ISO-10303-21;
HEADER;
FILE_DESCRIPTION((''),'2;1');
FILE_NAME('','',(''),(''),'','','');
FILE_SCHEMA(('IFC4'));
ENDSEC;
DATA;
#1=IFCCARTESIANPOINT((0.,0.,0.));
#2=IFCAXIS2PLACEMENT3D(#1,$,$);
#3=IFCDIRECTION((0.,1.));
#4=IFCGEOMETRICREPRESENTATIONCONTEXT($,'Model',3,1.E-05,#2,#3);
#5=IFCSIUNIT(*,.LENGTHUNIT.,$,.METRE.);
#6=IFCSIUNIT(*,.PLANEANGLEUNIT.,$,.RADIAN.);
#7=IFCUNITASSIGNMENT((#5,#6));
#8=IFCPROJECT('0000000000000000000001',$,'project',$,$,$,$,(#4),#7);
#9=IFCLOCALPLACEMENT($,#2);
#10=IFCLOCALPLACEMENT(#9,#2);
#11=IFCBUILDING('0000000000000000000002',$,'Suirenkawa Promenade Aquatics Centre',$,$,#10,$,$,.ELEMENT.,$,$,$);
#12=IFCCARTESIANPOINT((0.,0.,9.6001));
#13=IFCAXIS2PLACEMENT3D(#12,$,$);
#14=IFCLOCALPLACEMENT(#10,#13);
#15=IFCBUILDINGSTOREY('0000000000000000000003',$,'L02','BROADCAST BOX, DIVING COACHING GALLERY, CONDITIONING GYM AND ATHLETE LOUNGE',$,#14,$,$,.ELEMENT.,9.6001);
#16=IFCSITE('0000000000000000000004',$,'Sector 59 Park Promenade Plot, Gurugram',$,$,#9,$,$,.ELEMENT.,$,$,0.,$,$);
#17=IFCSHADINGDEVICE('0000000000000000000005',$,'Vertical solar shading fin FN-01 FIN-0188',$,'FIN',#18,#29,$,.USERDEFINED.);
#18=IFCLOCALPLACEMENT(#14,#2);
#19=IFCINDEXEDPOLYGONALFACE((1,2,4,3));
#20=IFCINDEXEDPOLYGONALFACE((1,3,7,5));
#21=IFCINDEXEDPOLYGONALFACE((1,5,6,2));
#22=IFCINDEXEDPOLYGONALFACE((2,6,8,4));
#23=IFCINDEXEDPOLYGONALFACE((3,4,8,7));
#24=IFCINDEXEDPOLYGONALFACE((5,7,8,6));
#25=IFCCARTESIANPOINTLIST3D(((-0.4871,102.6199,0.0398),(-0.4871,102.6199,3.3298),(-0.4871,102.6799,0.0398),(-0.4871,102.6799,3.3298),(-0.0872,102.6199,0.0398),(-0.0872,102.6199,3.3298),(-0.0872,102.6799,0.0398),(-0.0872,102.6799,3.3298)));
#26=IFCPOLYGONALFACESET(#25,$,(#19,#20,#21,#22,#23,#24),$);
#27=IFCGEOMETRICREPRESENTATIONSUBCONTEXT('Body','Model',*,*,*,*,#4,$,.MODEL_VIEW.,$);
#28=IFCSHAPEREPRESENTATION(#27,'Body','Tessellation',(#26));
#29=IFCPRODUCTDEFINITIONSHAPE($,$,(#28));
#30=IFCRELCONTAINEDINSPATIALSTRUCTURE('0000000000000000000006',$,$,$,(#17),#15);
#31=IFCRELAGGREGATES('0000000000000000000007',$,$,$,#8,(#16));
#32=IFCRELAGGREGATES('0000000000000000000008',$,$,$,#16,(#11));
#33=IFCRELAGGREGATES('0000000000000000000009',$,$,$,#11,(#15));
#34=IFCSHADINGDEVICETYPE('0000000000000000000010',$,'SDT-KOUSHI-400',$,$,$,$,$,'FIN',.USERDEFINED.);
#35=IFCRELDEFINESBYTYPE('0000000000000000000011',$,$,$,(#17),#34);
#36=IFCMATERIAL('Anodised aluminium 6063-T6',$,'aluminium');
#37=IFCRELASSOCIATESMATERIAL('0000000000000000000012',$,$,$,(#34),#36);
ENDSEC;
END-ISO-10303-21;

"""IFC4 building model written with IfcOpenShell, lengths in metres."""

from ifc_helpers import new_model, si_unit, direction, frame, origin, origin_2d, place, context, subcontext, project, spatial, rectangle, extrude, material, type_object, element, save


model = new_model("IFC4")

# Units and contexts
model_context = context("Model", 3, precision=1e-05, world=origin(), true_north=direction((0.0, 1.0)))
body_context = subcontext(model_context, "Body", "Model", "MODEL_VIEW")
ifc_project = project(units=[si_unit("LENGTHUNIT", "METRE"), si_unit("PLANEANGLEUNIT", "RADIAN")], contexts=[model_context])

# Site, building, storey
site_placement = place(None, origin())
site = spatial("IfcSite", under=ifc_project, at=site_placement, Name="Sector 59 Park Promenade Plot, Gurugram", CompositionType="ELEMENT", RefElevation=0.0)
building_placement = place(site_placement, origin())
building = spatial("IfcBuilding", under=site, at=building_placement, Name="Suirenkawa Promenade Aquatics Centre", CompositionType="ELEMENT")
storey_placement = place(building_placement, frame((0.0, 0.0, 9.6001)))
storey = spatial("IfcBuildingStorey", under=building, at=storey_placement, Name="L02", Description="BROADCAST BOX, DIVING COACHING GALLERY, CONDITIONING GYM AND ATHLETE LOUNGE", CompositionType="ELEMENT", Elevation=9.6001)

# Shared definitions
ifc_material_1 = material(Name="Anodised aluminium 6063-T6", Category="aluminium")

# Shading device
shading_device_type = type_object("IfcShadingDeviceType", Name="SDT-KOUSHI-400", ElementType="FIN", PredefinedType="USERDEFINED", material=ifc_material_1)
for number, where, z_axis, x_axis, name in (
    (1, (-0.2871, 102.6499, 0.0398), (0.0, 0.0, 1.0), (-1.0, 0.0, 0.0), "Vertical solar shading fin FN-01 FIN-0188"),
):
    element("IfcShadingDevice", number, at=place(storey_placement, frame(where, z_axis=z_axis, x_axis=x_axis)), inside=storey, type_object=shading_device_type, Name=name, ObjectType="FIN", PredefinedType="USERDEFINED", context=body_context, shape_type="SweptSolid", body=[
        extrude(rectangle(XDim=0.3999, YDim=0.0601, at=origin_2d()), origin(), (0.0, 0.0, 1.0), 3.29),
    ])

save(model, "model.ifc")
